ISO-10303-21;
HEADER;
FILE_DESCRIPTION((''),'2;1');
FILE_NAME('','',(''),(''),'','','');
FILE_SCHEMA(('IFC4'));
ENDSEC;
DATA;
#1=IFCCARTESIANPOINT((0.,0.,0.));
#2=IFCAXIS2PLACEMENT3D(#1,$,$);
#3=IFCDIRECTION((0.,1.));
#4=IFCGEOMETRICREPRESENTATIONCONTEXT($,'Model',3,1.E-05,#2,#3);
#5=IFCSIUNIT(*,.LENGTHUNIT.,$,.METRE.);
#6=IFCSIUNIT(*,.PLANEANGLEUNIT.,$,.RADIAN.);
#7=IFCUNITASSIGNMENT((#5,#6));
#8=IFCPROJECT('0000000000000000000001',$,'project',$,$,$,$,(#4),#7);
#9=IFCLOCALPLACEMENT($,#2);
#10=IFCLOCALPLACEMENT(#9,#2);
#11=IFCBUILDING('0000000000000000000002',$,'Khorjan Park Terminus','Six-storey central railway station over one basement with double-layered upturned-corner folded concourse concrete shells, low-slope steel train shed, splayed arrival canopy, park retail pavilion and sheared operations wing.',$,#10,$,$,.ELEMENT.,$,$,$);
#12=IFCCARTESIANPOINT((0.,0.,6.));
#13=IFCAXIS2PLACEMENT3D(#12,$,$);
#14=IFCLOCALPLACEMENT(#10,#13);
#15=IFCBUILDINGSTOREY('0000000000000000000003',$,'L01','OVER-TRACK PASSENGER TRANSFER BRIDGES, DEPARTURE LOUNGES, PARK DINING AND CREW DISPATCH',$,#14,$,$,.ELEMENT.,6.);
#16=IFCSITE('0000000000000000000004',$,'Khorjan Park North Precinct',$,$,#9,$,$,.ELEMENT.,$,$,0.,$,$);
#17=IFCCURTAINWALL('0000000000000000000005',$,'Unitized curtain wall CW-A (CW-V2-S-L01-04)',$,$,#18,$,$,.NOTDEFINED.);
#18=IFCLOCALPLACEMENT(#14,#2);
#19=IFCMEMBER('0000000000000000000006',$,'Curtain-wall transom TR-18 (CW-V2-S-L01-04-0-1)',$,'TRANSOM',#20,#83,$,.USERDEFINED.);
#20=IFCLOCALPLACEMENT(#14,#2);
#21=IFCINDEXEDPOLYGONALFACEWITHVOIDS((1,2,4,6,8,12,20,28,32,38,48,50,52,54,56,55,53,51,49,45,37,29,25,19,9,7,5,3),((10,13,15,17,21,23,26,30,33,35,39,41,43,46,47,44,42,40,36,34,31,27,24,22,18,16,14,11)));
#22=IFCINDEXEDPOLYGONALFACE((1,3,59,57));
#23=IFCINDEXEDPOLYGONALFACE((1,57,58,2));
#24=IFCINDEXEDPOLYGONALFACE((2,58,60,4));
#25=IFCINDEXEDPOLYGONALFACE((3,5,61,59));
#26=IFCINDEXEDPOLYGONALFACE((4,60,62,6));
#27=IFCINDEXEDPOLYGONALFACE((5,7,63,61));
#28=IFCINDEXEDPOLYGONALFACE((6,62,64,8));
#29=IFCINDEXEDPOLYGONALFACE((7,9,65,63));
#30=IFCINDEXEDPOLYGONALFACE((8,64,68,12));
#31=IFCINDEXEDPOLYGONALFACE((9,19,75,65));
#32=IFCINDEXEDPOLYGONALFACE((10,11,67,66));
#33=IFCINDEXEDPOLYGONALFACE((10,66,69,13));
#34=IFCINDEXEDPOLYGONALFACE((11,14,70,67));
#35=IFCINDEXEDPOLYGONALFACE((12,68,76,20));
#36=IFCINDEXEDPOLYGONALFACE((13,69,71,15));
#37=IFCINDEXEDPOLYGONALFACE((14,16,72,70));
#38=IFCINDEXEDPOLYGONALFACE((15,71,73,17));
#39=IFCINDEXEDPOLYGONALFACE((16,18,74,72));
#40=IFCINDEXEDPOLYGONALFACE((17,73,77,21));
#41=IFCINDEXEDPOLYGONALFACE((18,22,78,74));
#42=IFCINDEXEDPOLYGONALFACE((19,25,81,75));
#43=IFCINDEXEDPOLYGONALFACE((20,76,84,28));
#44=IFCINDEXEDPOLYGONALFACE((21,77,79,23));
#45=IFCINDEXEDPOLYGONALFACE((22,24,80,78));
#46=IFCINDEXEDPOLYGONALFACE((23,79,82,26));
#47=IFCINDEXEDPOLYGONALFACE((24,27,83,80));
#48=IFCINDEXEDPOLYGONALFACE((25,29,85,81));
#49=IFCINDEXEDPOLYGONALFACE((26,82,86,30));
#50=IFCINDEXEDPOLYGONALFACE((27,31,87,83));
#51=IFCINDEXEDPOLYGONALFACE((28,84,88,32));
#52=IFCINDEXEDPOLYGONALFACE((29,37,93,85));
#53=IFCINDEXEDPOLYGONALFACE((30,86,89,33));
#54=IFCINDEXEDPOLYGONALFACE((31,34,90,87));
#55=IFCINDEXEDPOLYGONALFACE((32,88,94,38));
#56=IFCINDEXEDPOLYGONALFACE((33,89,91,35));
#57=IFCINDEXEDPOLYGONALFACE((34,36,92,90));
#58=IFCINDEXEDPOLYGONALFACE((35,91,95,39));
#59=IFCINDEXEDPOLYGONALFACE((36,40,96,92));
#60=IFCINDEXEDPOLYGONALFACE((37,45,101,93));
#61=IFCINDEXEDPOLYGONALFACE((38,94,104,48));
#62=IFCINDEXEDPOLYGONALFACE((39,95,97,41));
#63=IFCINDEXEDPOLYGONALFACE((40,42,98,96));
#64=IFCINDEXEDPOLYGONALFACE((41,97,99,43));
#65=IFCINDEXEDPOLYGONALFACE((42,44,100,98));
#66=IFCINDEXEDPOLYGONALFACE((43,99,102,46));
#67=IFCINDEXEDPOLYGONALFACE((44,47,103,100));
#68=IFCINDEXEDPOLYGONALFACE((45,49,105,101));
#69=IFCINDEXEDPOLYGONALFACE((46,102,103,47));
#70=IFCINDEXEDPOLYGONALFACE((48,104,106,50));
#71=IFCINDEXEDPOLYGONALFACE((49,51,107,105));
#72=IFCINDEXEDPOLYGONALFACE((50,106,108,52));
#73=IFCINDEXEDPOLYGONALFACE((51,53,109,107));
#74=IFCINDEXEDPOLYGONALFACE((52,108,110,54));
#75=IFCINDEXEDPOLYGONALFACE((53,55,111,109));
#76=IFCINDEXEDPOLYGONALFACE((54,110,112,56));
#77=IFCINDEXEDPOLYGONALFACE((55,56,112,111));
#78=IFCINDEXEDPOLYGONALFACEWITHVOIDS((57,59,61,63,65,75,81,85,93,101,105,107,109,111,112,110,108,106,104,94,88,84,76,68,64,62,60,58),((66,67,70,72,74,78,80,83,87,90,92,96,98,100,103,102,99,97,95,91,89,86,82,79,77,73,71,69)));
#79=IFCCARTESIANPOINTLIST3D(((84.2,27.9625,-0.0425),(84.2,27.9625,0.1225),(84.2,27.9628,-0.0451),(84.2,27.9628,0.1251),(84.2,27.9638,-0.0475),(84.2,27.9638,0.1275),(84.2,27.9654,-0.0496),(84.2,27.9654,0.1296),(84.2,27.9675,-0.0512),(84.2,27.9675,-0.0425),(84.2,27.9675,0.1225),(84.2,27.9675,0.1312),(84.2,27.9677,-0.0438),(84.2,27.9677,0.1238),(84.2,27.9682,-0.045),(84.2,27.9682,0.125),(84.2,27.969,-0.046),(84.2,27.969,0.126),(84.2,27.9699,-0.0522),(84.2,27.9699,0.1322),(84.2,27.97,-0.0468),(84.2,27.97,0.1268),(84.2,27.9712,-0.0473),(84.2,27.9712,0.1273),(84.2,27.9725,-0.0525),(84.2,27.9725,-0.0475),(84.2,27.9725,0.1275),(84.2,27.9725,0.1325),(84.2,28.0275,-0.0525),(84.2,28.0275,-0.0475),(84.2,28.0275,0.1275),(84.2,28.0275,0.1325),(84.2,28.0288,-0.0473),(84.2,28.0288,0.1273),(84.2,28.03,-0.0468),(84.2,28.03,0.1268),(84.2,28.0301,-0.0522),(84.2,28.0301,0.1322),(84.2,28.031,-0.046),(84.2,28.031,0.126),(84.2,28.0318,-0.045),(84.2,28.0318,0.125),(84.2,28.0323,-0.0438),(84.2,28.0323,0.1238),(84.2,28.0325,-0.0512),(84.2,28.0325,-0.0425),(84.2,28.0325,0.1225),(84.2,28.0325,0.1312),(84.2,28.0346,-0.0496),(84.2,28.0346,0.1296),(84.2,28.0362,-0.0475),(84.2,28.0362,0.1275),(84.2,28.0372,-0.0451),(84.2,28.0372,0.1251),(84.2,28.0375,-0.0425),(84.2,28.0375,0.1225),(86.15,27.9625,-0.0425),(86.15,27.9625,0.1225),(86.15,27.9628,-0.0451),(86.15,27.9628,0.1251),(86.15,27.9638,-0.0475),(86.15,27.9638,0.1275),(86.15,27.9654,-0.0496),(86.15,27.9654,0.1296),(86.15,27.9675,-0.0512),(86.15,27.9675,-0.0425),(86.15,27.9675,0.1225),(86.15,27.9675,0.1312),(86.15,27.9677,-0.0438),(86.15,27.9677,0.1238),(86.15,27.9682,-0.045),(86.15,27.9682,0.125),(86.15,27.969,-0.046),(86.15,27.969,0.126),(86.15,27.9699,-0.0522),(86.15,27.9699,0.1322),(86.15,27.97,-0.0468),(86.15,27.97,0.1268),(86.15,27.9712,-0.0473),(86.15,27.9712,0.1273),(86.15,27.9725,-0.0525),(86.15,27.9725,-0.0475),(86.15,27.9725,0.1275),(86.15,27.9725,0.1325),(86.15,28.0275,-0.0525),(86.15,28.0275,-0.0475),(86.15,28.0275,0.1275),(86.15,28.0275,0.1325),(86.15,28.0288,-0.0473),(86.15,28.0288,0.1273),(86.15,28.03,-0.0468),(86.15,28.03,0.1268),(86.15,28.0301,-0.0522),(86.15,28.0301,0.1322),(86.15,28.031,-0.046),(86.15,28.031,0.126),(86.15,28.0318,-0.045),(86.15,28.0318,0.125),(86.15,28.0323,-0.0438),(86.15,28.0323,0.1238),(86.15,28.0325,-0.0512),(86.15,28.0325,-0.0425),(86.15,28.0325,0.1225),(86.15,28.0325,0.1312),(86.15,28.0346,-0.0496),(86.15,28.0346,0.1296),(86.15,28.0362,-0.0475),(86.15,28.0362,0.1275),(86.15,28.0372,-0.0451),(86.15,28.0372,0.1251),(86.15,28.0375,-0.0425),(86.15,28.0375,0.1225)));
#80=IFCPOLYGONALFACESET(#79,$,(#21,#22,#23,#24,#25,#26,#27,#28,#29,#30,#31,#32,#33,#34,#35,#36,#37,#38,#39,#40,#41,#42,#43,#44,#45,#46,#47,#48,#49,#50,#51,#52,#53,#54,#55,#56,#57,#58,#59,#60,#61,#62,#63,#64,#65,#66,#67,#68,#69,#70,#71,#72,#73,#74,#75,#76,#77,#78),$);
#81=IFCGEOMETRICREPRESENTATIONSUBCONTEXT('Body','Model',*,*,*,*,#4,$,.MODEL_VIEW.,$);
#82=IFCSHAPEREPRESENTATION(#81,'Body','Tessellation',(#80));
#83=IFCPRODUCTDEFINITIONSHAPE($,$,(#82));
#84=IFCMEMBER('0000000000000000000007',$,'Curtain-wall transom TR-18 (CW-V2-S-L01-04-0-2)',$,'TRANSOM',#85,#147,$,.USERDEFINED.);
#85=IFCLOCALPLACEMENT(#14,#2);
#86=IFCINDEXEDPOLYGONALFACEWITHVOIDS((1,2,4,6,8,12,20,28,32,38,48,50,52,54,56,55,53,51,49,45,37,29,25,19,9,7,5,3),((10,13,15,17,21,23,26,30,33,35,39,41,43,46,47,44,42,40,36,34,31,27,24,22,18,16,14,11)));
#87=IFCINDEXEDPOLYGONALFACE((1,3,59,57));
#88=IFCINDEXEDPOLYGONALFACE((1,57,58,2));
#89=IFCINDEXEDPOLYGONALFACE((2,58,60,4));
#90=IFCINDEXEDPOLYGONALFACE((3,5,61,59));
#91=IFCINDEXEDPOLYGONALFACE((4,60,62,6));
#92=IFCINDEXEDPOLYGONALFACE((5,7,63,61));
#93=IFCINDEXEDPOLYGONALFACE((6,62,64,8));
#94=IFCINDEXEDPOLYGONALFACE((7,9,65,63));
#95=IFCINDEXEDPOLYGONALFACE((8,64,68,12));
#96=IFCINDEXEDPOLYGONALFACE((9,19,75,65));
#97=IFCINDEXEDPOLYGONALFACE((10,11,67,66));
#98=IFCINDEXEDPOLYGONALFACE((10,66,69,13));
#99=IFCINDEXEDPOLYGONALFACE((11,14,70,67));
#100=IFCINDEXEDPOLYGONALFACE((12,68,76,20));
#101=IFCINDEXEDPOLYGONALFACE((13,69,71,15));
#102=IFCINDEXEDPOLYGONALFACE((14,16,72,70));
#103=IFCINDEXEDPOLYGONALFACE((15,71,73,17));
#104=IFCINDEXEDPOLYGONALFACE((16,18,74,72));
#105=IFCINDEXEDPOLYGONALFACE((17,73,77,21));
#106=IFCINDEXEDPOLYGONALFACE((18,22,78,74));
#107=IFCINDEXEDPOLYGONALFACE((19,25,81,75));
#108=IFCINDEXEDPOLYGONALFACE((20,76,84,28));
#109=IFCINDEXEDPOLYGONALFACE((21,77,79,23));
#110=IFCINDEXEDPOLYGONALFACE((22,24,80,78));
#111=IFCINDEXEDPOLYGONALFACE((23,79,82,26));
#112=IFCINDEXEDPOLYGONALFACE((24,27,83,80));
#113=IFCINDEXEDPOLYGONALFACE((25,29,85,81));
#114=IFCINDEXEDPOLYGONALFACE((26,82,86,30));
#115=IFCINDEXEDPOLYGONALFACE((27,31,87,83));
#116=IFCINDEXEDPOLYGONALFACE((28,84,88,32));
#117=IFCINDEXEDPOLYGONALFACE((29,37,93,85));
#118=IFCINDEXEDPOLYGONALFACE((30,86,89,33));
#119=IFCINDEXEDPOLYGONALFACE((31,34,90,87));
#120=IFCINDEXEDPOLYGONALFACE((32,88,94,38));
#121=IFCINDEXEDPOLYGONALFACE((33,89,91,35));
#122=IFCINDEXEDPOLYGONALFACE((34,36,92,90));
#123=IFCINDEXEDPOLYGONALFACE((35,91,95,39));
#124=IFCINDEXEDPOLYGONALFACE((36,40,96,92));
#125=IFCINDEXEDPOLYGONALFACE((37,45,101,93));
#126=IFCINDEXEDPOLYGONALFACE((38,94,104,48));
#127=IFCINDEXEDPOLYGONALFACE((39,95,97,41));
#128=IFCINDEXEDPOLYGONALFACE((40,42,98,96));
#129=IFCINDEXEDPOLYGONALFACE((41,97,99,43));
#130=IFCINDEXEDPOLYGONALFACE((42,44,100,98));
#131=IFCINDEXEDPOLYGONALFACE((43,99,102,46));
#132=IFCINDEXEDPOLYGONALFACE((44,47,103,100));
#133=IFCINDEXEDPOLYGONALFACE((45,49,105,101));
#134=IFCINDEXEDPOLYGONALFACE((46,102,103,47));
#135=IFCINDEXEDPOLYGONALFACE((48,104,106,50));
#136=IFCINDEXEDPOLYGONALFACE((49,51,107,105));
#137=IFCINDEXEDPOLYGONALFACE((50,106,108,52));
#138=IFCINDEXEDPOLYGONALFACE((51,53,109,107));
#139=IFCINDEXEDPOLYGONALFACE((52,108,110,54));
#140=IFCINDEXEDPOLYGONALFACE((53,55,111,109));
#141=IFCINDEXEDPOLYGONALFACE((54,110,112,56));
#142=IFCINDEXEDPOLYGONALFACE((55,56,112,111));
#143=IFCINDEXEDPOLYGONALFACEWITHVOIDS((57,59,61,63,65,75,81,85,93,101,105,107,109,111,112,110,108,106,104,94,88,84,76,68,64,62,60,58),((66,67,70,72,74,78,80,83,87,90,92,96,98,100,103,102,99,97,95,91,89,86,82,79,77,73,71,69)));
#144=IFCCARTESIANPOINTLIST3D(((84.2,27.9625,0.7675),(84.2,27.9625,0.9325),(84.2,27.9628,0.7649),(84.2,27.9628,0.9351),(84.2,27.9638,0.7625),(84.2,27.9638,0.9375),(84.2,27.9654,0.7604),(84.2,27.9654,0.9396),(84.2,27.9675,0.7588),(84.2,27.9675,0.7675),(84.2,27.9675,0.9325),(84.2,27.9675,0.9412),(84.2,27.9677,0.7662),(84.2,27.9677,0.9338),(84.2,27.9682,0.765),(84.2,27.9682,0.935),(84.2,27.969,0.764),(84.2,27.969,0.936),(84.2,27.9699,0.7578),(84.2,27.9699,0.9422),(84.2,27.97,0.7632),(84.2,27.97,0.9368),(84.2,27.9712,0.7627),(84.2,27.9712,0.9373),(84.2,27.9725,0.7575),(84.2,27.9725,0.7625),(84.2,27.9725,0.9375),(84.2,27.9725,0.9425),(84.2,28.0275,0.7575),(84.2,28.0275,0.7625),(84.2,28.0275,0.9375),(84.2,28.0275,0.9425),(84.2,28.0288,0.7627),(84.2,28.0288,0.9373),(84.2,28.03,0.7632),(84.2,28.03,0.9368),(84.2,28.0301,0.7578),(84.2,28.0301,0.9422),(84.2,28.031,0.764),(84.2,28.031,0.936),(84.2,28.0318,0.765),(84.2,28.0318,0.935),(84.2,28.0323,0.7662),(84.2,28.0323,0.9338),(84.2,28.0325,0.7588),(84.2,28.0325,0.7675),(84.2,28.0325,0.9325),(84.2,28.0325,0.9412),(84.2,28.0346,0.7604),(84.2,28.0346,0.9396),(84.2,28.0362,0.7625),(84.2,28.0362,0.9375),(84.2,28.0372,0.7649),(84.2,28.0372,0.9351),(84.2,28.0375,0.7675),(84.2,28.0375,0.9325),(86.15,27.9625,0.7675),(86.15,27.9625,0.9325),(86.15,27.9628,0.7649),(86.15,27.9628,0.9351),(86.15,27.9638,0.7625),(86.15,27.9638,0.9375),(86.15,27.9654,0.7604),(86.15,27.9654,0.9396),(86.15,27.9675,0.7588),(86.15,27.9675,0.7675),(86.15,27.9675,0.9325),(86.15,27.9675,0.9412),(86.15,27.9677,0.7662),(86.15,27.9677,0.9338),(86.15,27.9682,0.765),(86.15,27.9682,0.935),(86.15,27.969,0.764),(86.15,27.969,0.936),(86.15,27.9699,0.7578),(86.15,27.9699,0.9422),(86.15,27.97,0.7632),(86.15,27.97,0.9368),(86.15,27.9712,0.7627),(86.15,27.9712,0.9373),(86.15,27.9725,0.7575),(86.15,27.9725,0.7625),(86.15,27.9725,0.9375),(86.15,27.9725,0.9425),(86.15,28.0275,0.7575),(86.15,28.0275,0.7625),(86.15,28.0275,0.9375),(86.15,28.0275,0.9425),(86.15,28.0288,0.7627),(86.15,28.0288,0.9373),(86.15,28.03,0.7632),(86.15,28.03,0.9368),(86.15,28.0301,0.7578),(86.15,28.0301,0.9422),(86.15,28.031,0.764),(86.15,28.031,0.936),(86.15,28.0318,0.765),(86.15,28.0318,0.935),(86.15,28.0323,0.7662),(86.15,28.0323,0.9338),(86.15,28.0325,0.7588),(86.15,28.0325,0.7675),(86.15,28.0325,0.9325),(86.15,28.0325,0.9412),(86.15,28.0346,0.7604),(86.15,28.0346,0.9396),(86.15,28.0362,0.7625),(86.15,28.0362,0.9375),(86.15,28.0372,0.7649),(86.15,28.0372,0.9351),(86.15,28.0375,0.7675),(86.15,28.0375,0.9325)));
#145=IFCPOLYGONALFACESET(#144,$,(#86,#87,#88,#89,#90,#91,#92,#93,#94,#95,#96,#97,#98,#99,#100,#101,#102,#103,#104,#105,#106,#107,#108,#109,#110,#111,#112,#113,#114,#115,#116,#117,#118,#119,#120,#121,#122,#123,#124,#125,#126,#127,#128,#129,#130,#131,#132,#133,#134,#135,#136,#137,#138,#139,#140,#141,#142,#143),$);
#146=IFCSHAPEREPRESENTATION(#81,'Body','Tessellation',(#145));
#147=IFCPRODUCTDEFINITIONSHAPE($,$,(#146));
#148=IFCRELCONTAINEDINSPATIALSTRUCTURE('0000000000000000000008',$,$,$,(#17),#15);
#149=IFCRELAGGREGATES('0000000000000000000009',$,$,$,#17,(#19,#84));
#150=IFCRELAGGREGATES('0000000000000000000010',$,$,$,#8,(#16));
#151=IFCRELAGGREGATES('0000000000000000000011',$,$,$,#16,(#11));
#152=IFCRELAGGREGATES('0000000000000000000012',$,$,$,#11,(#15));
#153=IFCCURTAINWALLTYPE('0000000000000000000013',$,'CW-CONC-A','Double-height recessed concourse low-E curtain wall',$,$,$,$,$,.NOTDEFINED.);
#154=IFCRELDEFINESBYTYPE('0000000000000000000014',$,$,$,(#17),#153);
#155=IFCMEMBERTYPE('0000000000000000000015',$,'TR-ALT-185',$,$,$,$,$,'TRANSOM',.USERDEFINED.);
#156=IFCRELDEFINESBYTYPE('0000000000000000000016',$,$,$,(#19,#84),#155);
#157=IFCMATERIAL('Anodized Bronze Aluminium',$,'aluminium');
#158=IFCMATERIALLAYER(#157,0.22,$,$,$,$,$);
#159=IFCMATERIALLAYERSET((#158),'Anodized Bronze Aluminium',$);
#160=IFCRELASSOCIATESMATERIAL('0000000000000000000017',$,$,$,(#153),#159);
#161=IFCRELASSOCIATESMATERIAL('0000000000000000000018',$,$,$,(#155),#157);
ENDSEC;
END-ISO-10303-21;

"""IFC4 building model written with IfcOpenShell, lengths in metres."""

from ifc_helpers import new_model, si_unit, direction, frame, origin, origin_2d, place, context, subcontext, project, spatial, hollow_rectangle, extrude, material, layer, layer_set, material_profile, profile_set, type_object, element, aggregate, save


model = new_model("IFC4")

# Units and contexts
model_context = context("Model", 3, precision=1e-05, world=origin(), true_north=direction((0.0, 1.0)))
body_context = subcontext(model_context, "Body", "Model", "MODEL_VIEW")
ifc_project = project(units=[si_unit("LENGTHUNIT", "METRE"), si_unit("PLANEANGLEUNIT", "RADIAN")], contexts=[model_context])

# Site, building, storey
site_placement = place(None, origin())
site = spatial("IfcSite", under=ifc_project, at=site_placement, Name="Khorjan Park North Precinct", CompositionType="ELEMENT", RefElevation=0.0)
building_placement = place(site_placement, origin())
building = spatial("IfcBuilding", under=site, at=building_placement, Name="Khorjan Park Terminus", Description="Six-storey central railway station over one basement with double-layered upturned-corner folded concourse concrete shells, low-slope steel train shed, splayed arrival canopy, park retail pavilion and sheared operations wing.", CompositionType="ELEMENT")
storey_placement = place(building_placement, frame((0.0, 0.0, 6.0)))
storey = spatial("IfcBuildingStorey", under=building, at=storey_placement, Name="L01", Description="OVER-TRACK PASSENGER TRANSFER BRIDGES, DEPARTURE LOUNGES, PARK DINING AND CREW DISPATCH", CompositionType="ELEMENT", Elevation=6.0)

# Shared definitions
ifc_material_1 = material(Name="Anodized Bronze Aluminium", Category="aluminium")
ifc_layer_1 = layer(ifc_material_1, 0.22)
ifc_layer_set_1 = layer_set([ifc_layer_1], Name="Anodized Bronze Aluminium")
curtain_wall_type = type_object("IfcCurtainWallType", Name="CW-CONC-A", Description="Double-height recessed concourse low-E curtain wall", PredefinedType="NOTDEFINED", material=ifc_layer_set_1)

# Curtain wall
curtain_wall_1_placement = place(storey_placement, origin())
curtain_wall_1 = element("IfcCurtainWall", 1, at=curtain_wall_1_placement, inside=storey, type_object=curtain_wall_type, Name="Unitized curtain wall CW-A (CW-V2-S-L01-04)", PredefinedType="NOTDEFINED")

# Members
ifc_material_profile_1 = material_profile(ifc_material_1, hollow_rectangle(XDim=0.075, YDim=0.185, WallThickness=0.005, InnerFilletRadius=0.005, OuterFilletRadius=0.01, at=origin_2d()), Name="ALT 75x185x5")
ifc_profile_set_1 = profile_set([ifc_material_profile_1], Name="Anodized Bronze Aluminium")
member_type_1 = type_object("IfcMemberType", Name="TR-ALT-185", ElementType="TRANSOM", PredefinedType="USERDEFINED", material=ifc_profile_set_1)
member_1_placement = place(storey_placement, frame((84.2, 28.0, 0.04), z_axis=(1.0, 0.0, 0.0), x_axis=(0.0, 1.0, 0.0)))
member_1 = element("IfcMember", 2, at=member_1_placement, type_object=member_type_1, Name="Curtain-wall transom TR-18 (CW-V2-S-L01-04-0-1)", ObjectType="TRANSOM", PredefinedType="USERDEFINED", context=body_context, shape_type="SweptSolid", body=[
    extrude(hollow_rectangle(XDim=0.075, YDim=0.185, WallThickness=0.005, InnerFilletRadius=0.005, OuterFilletRadius=0.01, at=origin_2d()), origin(), (0.0, 0.0, 1.0), 1.95),
])
member_2_placement = place(storey_placement, frame((84.2, 28.0, 0.85), z_axis=(1.0, 0.0, 0.0), x_axis=(0.0, 1.0, 0.0)))
member_2 = element("IfcMember", 3, at=member_2_placement, type_object=member_type_1, Name="Curtain-wall transom TR-18 (CW-V2-S-L01-04-0-2)", ObjectType="TRANSOM", PredefinedType="USERDEFINED", context=body_context, shape_type="SweptSolid", body=[
    extrude(hollow_rectangle(XDim=0.075, YDim=0.185, WallThickness=0.005, InnerFilletRadius=0.005, OuterFilletRadius=0.01, at=origin_2d()), origin(), (0.0, 0.0, 1.0), 1.95),
])

aggregate(curtain_wall_1, [member_1, member_2])

save(model, "model.ifc")
